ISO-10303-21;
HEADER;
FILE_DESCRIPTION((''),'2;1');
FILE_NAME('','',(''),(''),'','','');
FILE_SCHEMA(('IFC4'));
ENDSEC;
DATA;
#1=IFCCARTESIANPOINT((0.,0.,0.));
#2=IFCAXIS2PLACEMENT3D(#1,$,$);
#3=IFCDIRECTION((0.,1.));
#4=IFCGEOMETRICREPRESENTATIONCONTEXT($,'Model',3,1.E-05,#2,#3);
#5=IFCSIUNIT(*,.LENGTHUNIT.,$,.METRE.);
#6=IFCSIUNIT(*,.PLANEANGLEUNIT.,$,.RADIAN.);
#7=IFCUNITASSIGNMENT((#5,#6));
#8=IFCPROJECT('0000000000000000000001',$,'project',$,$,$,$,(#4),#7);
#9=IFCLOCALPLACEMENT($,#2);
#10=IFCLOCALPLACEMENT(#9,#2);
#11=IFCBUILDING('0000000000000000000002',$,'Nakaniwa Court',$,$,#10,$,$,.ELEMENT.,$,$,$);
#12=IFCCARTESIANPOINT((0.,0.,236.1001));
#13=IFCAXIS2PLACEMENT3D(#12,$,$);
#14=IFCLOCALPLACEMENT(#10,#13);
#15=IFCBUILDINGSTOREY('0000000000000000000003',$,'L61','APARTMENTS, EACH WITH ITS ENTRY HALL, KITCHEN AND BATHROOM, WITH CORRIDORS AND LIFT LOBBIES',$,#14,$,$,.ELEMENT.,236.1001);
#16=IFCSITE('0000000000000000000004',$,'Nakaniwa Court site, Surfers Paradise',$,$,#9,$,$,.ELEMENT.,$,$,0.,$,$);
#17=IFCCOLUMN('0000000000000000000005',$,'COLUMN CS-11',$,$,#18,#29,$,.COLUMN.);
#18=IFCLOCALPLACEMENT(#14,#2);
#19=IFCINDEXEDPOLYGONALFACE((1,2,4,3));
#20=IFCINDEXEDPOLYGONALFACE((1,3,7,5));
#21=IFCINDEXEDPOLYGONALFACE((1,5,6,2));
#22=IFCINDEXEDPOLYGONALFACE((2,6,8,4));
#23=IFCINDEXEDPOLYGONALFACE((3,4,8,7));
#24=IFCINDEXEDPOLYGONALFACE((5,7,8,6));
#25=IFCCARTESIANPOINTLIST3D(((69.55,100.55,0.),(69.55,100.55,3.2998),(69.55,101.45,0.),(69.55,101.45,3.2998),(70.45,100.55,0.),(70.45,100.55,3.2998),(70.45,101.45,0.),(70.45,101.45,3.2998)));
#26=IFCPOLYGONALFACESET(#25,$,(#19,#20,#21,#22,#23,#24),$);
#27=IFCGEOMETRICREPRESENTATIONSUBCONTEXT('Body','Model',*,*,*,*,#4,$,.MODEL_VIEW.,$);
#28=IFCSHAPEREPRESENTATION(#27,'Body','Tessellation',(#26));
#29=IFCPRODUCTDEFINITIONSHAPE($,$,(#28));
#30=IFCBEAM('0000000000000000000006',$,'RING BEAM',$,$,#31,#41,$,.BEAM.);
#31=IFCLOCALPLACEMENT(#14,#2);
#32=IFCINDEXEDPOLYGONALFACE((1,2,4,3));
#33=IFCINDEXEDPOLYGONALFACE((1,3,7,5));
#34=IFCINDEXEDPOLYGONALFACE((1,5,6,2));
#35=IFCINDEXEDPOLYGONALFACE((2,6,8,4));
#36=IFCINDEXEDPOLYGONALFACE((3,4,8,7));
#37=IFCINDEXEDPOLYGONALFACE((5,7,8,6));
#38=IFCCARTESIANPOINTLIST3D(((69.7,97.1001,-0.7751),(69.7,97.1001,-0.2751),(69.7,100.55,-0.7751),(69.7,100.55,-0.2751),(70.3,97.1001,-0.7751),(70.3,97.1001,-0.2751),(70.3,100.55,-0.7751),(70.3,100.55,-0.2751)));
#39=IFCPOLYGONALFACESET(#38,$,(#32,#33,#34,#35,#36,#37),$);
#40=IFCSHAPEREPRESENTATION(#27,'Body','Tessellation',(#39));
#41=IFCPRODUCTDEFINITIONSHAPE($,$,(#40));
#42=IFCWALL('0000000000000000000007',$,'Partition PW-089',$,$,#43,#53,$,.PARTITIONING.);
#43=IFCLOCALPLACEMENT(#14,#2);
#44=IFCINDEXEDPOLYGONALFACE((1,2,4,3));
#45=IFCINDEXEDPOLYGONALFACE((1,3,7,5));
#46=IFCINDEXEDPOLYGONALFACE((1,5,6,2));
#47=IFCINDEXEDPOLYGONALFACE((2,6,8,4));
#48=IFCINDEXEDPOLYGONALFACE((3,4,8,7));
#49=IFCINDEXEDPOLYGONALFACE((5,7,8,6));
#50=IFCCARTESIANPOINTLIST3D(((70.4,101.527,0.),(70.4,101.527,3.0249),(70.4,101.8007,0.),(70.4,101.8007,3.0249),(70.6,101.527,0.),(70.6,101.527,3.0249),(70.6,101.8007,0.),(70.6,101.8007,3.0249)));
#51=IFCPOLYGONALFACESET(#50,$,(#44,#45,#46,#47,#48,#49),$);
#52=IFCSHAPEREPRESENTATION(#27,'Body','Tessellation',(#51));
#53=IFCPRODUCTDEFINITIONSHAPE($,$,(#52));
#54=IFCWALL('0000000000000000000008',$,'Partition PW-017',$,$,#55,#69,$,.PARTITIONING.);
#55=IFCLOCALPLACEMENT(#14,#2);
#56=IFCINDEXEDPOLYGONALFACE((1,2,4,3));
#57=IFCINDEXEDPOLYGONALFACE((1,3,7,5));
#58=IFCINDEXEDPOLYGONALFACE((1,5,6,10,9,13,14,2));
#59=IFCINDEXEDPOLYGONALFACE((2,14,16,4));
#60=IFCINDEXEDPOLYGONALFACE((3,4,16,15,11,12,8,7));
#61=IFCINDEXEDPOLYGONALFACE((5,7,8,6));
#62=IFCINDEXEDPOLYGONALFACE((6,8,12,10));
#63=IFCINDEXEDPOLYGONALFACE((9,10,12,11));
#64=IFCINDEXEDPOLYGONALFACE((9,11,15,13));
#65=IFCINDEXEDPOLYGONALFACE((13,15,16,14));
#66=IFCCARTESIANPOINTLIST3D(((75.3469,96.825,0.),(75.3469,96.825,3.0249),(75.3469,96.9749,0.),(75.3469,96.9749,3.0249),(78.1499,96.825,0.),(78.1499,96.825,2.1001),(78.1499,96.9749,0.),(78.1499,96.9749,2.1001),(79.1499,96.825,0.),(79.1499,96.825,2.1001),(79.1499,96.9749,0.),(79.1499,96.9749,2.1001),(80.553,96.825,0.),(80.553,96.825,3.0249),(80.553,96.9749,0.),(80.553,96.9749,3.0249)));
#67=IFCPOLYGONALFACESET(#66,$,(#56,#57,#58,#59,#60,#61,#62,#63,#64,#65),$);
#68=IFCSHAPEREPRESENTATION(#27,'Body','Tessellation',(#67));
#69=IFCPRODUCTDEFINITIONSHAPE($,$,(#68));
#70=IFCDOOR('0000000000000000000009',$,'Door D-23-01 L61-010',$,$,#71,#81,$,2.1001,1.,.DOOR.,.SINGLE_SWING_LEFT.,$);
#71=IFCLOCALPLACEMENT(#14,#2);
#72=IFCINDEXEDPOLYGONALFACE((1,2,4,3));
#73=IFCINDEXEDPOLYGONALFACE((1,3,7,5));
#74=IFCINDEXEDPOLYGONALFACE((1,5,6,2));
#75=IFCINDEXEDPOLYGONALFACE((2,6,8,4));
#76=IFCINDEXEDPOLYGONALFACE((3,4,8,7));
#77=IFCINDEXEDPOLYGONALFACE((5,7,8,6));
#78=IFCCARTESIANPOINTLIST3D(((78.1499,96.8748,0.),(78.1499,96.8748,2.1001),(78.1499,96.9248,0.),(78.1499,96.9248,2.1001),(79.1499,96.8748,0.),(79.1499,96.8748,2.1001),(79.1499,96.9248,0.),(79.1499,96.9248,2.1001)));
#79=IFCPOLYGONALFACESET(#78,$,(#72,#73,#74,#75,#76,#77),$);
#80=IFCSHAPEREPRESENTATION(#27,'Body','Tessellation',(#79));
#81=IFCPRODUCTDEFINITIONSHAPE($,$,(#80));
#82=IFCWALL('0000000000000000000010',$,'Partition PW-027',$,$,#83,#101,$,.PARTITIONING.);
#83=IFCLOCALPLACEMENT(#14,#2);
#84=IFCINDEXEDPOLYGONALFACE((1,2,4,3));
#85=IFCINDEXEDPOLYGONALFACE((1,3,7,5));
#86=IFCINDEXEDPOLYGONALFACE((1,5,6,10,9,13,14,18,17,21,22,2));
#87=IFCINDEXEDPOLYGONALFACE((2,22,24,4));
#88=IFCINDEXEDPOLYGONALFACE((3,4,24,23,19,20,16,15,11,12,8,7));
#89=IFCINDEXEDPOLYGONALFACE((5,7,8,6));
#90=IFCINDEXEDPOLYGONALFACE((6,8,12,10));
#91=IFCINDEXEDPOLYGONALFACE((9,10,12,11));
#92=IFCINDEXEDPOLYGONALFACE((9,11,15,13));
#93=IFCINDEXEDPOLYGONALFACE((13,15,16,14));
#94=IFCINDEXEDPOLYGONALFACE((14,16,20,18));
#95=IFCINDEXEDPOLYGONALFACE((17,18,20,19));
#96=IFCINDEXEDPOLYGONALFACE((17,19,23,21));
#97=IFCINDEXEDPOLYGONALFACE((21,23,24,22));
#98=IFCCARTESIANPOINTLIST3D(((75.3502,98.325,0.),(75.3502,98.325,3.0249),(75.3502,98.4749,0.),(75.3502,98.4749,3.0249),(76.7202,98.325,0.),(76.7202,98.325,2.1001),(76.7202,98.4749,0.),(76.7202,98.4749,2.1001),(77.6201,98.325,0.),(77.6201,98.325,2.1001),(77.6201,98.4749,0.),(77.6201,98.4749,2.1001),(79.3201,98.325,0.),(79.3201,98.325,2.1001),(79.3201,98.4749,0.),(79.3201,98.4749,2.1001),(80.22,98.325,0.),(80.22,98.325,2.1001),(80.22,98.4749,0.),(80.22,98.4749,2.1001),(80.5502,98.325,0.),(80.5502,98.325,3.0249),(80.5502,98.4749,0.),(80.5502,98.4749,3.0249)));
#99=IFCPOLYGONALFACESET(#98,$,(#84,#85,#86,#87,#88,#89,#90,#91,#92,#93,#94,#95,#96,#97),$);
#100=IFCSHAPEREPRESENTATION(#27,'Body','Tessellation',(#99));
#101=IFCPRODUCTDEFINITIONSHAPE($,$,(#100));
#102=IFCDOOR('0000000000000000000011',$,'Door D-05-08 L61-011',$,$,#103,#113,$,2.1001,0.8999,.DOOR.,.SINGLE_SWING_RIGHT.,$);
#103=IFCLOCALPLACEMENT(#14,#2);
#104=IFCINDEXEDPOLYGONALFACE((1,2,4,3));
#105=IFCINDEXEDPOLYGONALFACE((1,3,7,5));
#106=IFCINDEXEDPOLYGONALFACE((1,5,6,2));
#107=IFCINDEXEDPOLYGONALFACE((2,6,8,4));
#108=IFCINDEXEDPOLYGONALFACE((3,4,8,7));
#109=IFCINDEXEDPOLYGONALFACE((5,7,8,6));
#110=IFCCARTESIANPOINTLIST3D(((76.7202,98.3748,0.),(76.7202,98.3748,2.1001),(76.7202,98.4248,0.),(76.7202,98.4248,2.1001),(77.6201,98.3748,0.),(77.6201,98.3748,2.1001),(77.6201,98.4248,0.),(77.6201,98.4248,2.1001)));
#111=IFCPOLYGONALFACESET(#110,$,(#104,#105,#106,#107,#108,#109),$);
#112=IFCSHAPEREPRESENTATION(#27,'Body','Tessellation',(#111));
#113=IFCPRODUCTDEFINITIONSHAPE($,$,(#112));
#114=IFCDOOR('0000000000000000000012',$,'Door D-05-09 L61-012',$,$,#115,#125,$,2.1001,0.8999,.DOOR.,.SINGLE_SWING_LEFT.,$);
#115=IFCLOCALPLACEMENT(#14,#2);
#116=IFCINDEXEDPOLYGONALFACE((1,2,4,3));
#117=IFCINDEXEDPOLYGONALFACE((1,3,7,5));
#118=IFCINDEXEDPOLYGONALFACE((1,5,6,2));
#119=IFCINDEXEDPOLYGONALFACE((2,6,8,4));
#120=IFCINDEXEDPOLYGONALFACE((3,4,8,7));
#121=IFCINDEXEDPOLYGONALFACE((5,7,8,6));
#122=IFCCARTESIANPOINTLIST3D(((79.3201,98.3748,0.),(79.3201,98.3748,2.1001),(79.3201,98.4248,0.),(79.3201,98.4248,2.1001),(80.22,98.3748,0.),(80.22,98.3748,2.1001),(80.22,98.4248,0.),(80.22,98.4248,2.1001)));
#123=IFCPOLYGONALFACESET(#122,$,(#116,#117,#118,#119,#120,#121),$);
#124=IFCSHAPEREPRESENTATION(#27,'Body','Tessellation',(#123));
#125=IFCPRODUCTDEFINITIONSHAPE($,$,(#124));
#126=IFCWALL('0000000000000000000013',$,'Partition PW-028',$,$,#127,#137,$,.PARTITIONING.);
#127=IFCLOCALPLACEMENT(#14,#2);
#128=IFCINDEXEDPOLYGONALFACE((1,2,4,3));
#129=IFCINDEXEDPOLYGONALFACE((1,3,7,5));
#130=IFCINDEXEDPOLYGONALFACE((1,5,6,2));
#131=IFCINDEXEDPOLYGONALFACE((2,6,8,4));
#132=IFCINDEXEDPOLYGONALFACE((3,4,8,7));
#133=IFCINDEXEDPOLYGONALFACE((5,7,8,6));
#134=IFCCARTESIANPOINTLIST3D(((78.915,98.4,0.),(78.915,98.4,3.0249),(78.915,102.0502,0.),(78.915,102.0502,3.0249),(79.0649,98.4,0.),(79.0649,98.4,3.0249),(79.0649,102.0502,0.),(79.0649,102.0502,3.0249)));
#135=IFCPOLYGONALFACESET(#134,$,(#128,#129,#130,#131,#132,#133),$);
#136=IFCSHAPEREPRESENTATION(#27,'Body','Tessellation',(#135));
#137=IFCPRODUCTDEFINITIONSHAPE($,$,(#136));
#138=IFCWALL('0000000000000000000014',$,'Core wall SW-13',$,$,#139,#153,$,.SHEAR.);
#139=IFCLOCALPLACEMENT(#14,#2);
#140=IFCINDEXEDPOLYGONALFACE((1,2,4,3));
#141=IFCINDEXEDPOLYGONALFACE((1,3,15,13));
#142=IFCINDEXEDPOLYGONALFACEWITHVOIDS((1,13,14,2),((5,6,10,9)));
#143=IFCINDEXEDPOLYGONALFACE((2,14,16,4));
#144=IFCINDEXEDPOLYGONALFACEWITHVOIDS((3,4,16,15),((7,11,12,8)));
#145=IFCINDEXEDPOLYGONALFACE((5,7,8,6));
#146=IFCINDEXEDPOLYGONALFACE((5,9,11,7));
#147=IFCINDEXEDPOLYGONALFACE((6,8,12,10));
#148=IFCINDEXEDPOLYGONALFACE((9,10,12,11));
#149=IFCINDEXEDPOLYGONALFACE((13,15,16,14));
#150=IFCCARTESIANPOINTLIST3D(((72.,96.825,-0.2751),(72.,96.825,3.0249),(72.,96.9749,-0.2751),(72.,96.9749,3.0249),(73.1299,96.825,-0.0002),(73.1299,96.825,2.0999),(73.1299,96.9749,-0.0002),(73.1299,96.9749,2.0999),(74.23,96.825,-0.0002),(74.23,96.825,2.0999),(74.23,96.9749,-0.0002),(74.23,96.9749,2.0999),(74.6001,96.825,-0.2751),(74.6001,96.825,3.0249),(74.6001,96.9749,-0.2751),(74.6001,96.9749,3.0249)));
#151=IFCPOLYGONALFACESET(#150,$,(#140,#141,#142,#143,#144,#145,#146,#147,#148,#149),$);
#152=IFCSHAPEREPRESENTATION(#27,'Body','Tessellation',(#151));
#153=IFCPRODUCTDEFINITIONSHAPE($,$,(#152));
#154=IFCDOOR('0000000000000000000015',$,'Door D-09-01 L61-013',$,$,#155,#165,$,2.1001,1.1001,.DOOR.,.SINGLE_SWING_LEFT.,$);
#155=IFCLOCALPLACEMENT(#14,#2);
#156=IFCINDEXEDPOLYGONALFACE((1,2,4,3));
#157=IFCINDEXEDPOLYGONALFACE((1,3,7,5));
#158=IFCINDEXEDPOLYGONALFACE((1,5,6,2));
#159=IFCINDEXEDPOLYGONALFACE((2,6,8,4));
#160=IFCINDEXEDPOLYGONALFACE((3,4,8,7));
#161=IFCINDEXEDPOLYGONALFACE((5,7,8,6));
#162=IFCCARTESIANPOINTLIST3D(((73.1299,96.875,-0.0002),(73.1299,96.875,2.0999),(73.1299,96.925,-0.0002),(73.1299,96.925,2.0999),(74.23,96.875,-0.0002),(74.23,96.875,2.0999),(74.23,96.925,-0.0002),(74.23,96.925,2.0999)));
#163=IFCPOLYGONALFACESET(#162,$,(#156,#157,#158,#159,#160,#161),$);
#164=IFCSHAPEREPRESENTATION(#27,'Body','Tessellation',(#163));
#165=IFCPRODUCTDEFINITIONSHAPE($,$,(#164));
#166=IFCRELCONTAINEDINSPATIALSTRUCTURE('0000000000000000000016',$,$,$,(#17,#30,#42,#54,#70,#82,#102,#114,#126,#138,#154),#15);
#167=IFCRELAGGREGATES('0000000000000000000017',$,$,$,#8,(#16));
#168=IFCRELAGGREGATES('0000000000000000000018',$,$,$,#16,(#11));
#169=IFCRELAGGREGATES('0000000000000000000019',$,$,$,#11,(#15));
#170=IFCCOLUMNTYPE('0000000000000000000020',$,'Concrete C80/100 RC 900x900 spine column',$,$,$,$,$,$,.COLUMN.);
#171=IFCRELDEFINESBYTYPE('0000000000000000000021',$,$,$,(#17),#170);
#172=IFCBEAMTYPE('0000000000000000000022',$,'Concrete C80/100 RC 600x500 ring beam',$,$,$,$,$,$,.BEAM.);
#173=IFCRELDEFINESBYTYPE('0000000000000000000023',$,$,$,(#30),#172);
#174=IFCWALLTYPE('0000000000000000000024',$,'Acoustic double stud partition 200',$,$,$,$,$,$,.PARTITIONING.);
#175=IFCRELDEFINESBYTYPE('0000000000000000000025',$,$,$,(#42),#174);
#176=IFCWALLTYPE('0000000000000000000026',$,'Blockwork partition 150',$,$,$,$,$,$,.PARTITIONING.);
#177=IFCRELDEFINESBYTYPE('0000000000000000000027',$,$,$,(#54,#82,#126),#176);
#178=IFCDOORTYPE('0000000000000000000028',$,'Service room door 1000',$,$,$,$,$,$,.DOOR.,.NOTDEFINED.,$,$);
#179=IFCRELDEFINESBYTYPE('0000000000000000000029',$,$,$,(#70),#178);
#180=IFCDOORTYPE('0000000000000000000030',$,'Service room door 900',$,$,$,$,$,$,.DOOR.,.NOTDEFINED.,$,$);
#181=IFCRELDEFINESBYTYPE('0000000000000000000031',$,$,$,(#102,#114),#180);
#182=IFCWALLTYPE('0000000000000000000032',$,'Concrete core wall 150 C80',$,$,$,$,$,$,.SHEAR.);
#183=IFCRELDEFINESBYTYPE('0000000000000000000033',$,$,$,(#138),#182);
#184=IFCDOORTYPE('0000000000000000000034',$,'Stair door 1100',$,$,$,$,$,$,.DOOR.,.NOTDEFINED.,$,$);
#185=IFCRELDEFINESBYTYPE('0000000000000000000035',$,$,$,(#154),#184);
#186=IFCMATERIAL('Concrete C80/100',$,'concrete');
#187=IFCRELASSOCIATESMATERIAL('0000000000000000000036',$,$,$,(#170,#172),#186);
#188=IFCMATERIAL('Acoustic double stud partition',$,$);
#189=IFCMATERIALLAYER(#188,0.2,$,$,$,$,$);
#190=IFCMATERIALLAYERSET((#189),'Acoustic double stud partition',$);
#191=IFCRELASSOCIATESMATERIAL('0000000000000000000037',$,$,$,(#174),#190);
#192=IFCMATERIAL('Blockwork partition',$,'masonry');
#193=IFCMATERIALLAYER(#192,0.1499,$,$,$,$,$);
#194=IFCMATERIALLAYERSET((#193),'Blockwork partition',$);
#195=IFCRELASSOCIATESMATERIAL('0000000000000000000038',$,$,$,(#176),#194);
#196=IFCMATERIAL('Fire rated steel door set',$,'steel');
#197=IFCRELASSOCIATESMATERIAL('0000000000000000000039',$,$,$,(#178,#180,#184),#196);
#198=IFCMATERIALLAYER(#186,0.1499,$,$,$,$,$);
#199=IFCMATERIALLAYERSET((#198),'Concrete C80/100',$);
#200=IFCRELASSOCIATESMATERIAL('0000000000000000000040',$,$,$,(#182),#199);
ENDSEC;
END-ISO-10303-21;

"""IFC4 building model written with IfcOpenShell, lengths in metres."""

from ifc_helpers import new_model, si_unit, direction, frame, frame_2d, origin, origin_2d, place, context, subcontext, project, spatial, rectangle, extrude, material, layer, layer_set, material_profile, profile_set, type_object, element, fill, save


model = new_model("IFC4")

# Units and contexts
model_context = context("Model", 3, precision=1e-05, world=origin(), true_north=direction((0.0, 1.0)))
body_context = subcontext(model_context, "Body", "Model", "MODEL_VIEW")
ifc_project = project(units=[si_unit("LENGTHUNIT", "METRE"), si_unit("PLANEANGLEUNIT", "RADIAN")], contexts=[model_context])

# Site, building, storey
site_placement = place(None, origin())
site = spatial("IfcSite", under=ifc_project, at=site_placement, Name="Nakaniwa Court site, Surfers Paradise", CompositionType="ELEMENT", RefElevation=0.0)
building_placement = place(site_placement, origin())
building = spatial("IfcBuilding", under=site, at=building_placement, Name="Nakaniwa Court", CompositionType="ELEMENT")
storey_placement = place(building_placement, frame((0.0, 0.0, 236.1001)))
storey = spatial("IfcBuildingStorey", under=building, at=storey_placement, Name="L61", Description="APARTMENTS, EACH WITH ITS ENTRY HALL, KITCHEN AND BATHROOM, WITH CORRIDORS AND LIFT LOBBIES", CompositionType="ELEMENT", Elevation=236.1001)

# Column
ifc_material_1 = material(Name="Concrete C80/100", Category="concrete")
ifc_material_profile_1 = material_profile(ifc_material_1, rectangle(XDim=0.8999, YDim=0.8999, at=origin_2d()), Name="Concrete C80/100 RC 900x900 spine column")
ifc_profile_set_1 = profile_set([ifc_material_profile_1], Name="Concrete C80/100")
column_type = type_object("IfcColumnType", Name="Concrete C80/100 RC 900x900 spine column", PredefinedType="COLUMN", material=ifc_profile_set_1)
column_placement = place(storey_placement, frame((70.0, 101.0, 0.0), z_axis=(0.0, 0.0, 1.0), x_axis=(0.0, -1.0, 0.0)))
element("IfcColumn", 1, at=column_placement, inside=storey, type_object=column_type, Name="COLUMN CS-11", PredefinedType="COLUMN", context=body_context, shape_type="SweptSolid", body=[
    extrude(rectangle(XDim=0.8999, YDim=0.8999, at=origin_2d()), origin(), (0.0, 0.0, 1.0), 3.2998),
])

# Beam
ifc_material_profile_2 = material_profile(ifc_material_1, rectangle(XDim=0.6001, YDim=0.5, at=origin_2d()), Name="Concrete C80/100 RC 600x500 ring beam")
ifc_profile_set_2 = profile_set([ifc_material_profile_2], Name="Concrete C80/100")
beam_type = type_object("IfcBeamType", Name="Concrete C80/100 RC 600x500 ring beam", PredefinedType="BEAM", material=ifc_profile_set_2)
beam_placement = place(storey_placement, frame((70.0, 100.55, -0.5251), z_axis=(0.0, -1.0, 0.0), x_axis=(1.0, 0.0, 0.0)))
element("IfcBeam", 2, at=beam_placement, inside=storey, type_object=beam_type, Name="RING BEAM", PredefinedType="BEAM", context=body_context, shape_type="SweptSolid", body=[
    extrude(rectangle(XDim=0.6001, YDim=0.5, at=origin_2d()), origin(), (0.0, 0.0, 1.0), 3.45),
])

# Wall
ifc_material_2 = material(Name="Acoustic double stud partition")
ifc_layer_1 = layer(ifc_material_2, 0.2)
ifc_layer_set_1 = layer_set([ifc_layer_1], Name="Acoustic double stud partition")
wall_type_1 = type_object("IfcWallType", Name="Acoustic double stud partition 200", PredefinedType="PARTITIONING", material=ifc_layer_set_1)
wall_1_placement = place(storey_placement, frame((70.5, 101.5271, 0.0), z_axis=(0.0, 0.0, 1.0), x_axis=(0.0, 1.0, 0.0)))
element("IfcWall", 3, at=wall_1_placement, inside=storey, type_object=wall_type_1, Name="Partition PW-089", PredefinedType="PARTITIONING", context=body_context, shape_type="SweptSolid", body=[
    extrude(rectangle(XDim=0.2737, YDim=0.2, at=frame_2d((0.1367, 0.0))), origin(), (0.0, 0.0, 1.0), 3.0249),
])

# Wall, opening, door
ifc_material_3 = material(Name="Blockwork partition", Category="masonry")
ifc_layer_2 = layer(ifc_material_3, 0.1499)
ifc_layer_set_2 = layer_set([ifc_layer_2], Name="Blockwork partition")
wall_type_2 = type_object("IfcWallType", Name="Blockwork partition 150", PredefinedType="PARTITIONING", material=ifc_layer_set_2)
wall_2_placement = place(storey_placement, frame((75.3469, 96.8999, 0.0), z_axis=(0.0, 0.0, 1.0), x_axis=(1.0, 0.0, 0.0)))
wall_2 = element("IfcWall", 4, at=wall_2_placement, inside=storey, type_object=wall_type_2, Name="Partition PW-017", PredefinedType="PARTITIONING", context=body_context, shape_type="SweptSolid", body=[
    extrude(rectangle(XDim=5.2061, YDim=0.1499, at=frame_2d((2.603, 0.0))), origin(), (0.0, 0.0, 1.0), 3.0249),
])
opening_1_placement = place(wall_2_placement, frame((2.803, 0.0, 0.0)))
opening_1 = element("IfcOpeningElement", 5, at=opening_1_placement, cuts=wall_2, PredefinedType="OPENING", context=body_context, shape_type="SweptSolid", body=[
    extrude(rectangle(XDim=1.0, YDim=2.1001, at=frame_2d((0.5, 1.05))), frame((0.0, 0.085, 0.0), z_axis=(0.0, -1.0, 0.0), x_axis=(1.0, 0.0, 0.0)), (0.0, 0.0, 1.0), 0.1699),
])
ifc_material_4 = material(Name="Fire rated steel door set", Category="steel")
door_type_1 = type_object("IfcDoorType", Name="Service room door 1000", OperationType="NOTDEFINED", PredefinedType="DOOR", material=ifc_material_4)
door_1_placement = place(opening_1_placement, origin())
door_1 = element("IfcDoor", 6, at=door_1_placement, inside=storey, type_object=door_type_1, Name="Door D-23-01 L61-010", OperationType="SINGLE_SWING_LEFT", OverallHeight=2.1001, OverallWidth=1.0, PredefinedType="DOOR", context=body_context, shape_type="SweptSolid", body=[
    extrude(rectangle(XDim=1.0, YDim=2.1001, at=frame_2d((0.5, 1.05))), frame((0.0, 0.0249, 0.0), z_axis=(0.0, -1.0, 0.0), x_axis=(1.0, 0.0, 0.0)), (0.0, 0.0, 1.0), 0.05),
])
fill(opening_1, door_1)

# Wall, openings, doors
wall_3_placement = place(storey_placement, frame((75.3501, 98.3999, 0.0), z_axis=(0.0, 0.0, 1.0), x_axis=(1.0, 0.0, 0.0)))
wall_3 = element("IfcWall", 7, at=wall_3_placement, inside=storey, type_object=wall_type_2, Name="Partition PW-027", PredefinedType="PARTITIONING", context=body_context, shape_type="SweptSolid", body=[
    extrude(rectangle(XDim=5.2, YDim=0.1499, at=frame_2d((2.6001, 0.0))), origin(), (0.0, 0.0, 1.0), 3.0249),
])
opening_2_placement = place(wall_3_placement, frame((1.3701, 0.0, 0.0)))
opening_2 = element("IfcOpeningElement", 8, at=opening_2_placement, cuts=wall_3, PredefinedType="OPENING", context=body_context, shape_type="SweptSolid", body=[
    extrude(rectangle(XDim=0.8999, YDim=2.1001, at=frame_2d((0.45, 1.05))), frame((0.0, 0.085, 0.0), z_axis=(0.0, -1.0, 0.0), x_axis=(1.0, 0.0, 0.0)), (0.0, 0.0, 1.0), 0.1699),
])
opening_3_placement = place(wall_3_placement, frame((3.97, 0.0, 0.0)))
opening_3 = element("IfcOpeningElement", 9, at=opening_3_placement, cuts=wall_3, PredefinedType="OPENING", context=body_context, shape_type="SweptSolid", body=[
    extrude(rectangle(XDim=0.8999, YDim=2.1001, at=frame_2d((0.45, 1.05))), frame((0.0, 0.085, 0.0), z_axis=(0.0, -1.0, 0.0), x_axis=(1.0, 0.0, 0.0)), (0.0, 0.0, 1.0), 0.1699),
])
door_type_2 = type_object("IfcDoorType", Name="Service room door 900", OperationType="NOTDEFINED", PredefinedType="DOOR", material=ifc_material_4)
door_2_placement = place(opening_2_placement, origin())
door_2 = element("IfcDoor", 10, at=door_2_placement, inside=storey, type_object=door_type_2, Name="Door D-05-08 L61-011", OperationType="SINGLE_SWING_RIGHT", OverallHeight=2.1001, OverallWidth=0.8999, PredefinedType="DOOR", context=body_context, shape_type="SweptSolid", body=[
    extrude(rectangle(XDim=0.8999, YDim=2.1001, at=frame_2d((0.45, 1.05))), frame((0.0, 0.0249, 0.0), z_axis=(0.0, -1.0, 0.0), x_axis=(1.0, 0.0, 0.0)), (0.0, 0.0, 1.0), 0.05),
])
fill(opening_2, door_2)
door_3_placement = place(opening_3_placement, origin())
door_3 = element("IfcDoor", 11, at=door_3_placement, inside=storey, type_object=door_type_2, Name="Door D-05-09 L61-012", OperationType="SINGLE_SWING_LEFT", OverallHeight=2.1001, OverallWidth=0.8999, PredefinedType="DOOR", context=body_context, shape_type="SweptSolid", body=[
    extrude(rectangle(XDim=0.8999, YDim=2.1001, at=frame_2d((0.45, 1.05))), frame((0.0, 0.0249, 0.0), z_axis=(0.0, -1.0, 0.0), x_axis=(1.0, 0.0, 0.0)), (0.0, 0.0, 1.0), 0.05),
])
fill(opening_3, door_3)

# Wall
wall_4_placement = place(storey_placement, frame((78.99, 98.3999, 0.0), z_axis=(0.0, 0.0, 1.0), x_axis=(0.0, 1.0, 0.0)))
element("IfcWall", 12, at=wall_4_placement, inside=storey, type_object=wall_type_2, Name="Partition PW-028", PredefinedType="PARTITIONING", context=body_context, shape_type="SweptSolid", body=[
    extrude(rectangle(XDim=3.6501, YDim=0.1499, at=frame_2d((1.8252, 0.0))), origin(), (0.0, 0.0, 1.0), 3.0249),
])

# Wall, opening, door
ifc_layer_3 = layer(ifc_material_1, 0.1499)
ifc_layer_set_3 = layer_set([ifc_layer_3], Name="Concrete C80/100")
wall_type_3 = type_object("IfcWallType", Name="Concrete core wall 150 C80", PredefinedType="SHEAR", material=ifc_layer_set_3)
wall_5_placement = place(storey_placement, frame((74.6001, 96.8999, -0.2751), z_axis=(0.0, 0.0, 1.0), x_axis=(-1.0, 0.0, 0.0)))
wall_5 = element("IfcWall", 13, at=wall_5_placement, inside=storey, type_object=wall_type_3, Name="Core wall SW-13", PredefinedType="SHEAR", context=body_context, shape_type="SweptSolid", body=[
    extrude(rectangle(XDim=2.6001, YDim=0.1499, at=frame_2d((1.3, 0.0))), origin(), (0.0, 0.0, 1.0), 3.3),
])
opening_4_placement = place(wall_5_placement, frame((0.3701, 0.0, 0.2749)))
opening_4 = element("IfcOpeningElement", 14, at=opening_4_placement, cuts=wall_5, PredefinedType="OPENING", context=body_context, shape_type="SweptSolid", body=[
    extrude(rectangle(XDim=1.1001, YDim=2.1001, at=frame_2d((0.55, 1.05))), frame((0.0, 0.085, 0.0), z_axis=(0.0, -1.0, 0.0), x_axis=(1.0, 0.0, 0.0)), (0.0, 0.0, 1.0), 0.1699),
])
door_type_3 = type_object("IfcDoorType", Name="Stair door 1100", OperationType="NOTDEFINED", PredefinedType="DOOR", material=ifc_material_4)
door_4_placement = place(opening_4_placement, origin())
door_4 = element("IfcDoor", 15, at=door_4_placement, inside=storey, type_object=door_type_3, Name="Door D-09-01 L61-013", OperationType="SINGLE_SWING_LEFT", OverallHeight=2.1001, OverallWidth=1.1001, PredefinedType="DOOR", context=body_context, shape_type="SweptSolid", body=[
    extrude(rectangle(XDim=1.1001, YDim=2.1001, at=frame_2d((0.55, 1.05))), frame((0.0, 0.0249, 0.0), z_axis=(0.0, -1.0, 0.0), x_axis=(1.0, 0.0, 0.0)), (0.0, 0.0, 1.0), 0.05),
])
fill(opening_4, door_4)

save(model, "model.ifc")
